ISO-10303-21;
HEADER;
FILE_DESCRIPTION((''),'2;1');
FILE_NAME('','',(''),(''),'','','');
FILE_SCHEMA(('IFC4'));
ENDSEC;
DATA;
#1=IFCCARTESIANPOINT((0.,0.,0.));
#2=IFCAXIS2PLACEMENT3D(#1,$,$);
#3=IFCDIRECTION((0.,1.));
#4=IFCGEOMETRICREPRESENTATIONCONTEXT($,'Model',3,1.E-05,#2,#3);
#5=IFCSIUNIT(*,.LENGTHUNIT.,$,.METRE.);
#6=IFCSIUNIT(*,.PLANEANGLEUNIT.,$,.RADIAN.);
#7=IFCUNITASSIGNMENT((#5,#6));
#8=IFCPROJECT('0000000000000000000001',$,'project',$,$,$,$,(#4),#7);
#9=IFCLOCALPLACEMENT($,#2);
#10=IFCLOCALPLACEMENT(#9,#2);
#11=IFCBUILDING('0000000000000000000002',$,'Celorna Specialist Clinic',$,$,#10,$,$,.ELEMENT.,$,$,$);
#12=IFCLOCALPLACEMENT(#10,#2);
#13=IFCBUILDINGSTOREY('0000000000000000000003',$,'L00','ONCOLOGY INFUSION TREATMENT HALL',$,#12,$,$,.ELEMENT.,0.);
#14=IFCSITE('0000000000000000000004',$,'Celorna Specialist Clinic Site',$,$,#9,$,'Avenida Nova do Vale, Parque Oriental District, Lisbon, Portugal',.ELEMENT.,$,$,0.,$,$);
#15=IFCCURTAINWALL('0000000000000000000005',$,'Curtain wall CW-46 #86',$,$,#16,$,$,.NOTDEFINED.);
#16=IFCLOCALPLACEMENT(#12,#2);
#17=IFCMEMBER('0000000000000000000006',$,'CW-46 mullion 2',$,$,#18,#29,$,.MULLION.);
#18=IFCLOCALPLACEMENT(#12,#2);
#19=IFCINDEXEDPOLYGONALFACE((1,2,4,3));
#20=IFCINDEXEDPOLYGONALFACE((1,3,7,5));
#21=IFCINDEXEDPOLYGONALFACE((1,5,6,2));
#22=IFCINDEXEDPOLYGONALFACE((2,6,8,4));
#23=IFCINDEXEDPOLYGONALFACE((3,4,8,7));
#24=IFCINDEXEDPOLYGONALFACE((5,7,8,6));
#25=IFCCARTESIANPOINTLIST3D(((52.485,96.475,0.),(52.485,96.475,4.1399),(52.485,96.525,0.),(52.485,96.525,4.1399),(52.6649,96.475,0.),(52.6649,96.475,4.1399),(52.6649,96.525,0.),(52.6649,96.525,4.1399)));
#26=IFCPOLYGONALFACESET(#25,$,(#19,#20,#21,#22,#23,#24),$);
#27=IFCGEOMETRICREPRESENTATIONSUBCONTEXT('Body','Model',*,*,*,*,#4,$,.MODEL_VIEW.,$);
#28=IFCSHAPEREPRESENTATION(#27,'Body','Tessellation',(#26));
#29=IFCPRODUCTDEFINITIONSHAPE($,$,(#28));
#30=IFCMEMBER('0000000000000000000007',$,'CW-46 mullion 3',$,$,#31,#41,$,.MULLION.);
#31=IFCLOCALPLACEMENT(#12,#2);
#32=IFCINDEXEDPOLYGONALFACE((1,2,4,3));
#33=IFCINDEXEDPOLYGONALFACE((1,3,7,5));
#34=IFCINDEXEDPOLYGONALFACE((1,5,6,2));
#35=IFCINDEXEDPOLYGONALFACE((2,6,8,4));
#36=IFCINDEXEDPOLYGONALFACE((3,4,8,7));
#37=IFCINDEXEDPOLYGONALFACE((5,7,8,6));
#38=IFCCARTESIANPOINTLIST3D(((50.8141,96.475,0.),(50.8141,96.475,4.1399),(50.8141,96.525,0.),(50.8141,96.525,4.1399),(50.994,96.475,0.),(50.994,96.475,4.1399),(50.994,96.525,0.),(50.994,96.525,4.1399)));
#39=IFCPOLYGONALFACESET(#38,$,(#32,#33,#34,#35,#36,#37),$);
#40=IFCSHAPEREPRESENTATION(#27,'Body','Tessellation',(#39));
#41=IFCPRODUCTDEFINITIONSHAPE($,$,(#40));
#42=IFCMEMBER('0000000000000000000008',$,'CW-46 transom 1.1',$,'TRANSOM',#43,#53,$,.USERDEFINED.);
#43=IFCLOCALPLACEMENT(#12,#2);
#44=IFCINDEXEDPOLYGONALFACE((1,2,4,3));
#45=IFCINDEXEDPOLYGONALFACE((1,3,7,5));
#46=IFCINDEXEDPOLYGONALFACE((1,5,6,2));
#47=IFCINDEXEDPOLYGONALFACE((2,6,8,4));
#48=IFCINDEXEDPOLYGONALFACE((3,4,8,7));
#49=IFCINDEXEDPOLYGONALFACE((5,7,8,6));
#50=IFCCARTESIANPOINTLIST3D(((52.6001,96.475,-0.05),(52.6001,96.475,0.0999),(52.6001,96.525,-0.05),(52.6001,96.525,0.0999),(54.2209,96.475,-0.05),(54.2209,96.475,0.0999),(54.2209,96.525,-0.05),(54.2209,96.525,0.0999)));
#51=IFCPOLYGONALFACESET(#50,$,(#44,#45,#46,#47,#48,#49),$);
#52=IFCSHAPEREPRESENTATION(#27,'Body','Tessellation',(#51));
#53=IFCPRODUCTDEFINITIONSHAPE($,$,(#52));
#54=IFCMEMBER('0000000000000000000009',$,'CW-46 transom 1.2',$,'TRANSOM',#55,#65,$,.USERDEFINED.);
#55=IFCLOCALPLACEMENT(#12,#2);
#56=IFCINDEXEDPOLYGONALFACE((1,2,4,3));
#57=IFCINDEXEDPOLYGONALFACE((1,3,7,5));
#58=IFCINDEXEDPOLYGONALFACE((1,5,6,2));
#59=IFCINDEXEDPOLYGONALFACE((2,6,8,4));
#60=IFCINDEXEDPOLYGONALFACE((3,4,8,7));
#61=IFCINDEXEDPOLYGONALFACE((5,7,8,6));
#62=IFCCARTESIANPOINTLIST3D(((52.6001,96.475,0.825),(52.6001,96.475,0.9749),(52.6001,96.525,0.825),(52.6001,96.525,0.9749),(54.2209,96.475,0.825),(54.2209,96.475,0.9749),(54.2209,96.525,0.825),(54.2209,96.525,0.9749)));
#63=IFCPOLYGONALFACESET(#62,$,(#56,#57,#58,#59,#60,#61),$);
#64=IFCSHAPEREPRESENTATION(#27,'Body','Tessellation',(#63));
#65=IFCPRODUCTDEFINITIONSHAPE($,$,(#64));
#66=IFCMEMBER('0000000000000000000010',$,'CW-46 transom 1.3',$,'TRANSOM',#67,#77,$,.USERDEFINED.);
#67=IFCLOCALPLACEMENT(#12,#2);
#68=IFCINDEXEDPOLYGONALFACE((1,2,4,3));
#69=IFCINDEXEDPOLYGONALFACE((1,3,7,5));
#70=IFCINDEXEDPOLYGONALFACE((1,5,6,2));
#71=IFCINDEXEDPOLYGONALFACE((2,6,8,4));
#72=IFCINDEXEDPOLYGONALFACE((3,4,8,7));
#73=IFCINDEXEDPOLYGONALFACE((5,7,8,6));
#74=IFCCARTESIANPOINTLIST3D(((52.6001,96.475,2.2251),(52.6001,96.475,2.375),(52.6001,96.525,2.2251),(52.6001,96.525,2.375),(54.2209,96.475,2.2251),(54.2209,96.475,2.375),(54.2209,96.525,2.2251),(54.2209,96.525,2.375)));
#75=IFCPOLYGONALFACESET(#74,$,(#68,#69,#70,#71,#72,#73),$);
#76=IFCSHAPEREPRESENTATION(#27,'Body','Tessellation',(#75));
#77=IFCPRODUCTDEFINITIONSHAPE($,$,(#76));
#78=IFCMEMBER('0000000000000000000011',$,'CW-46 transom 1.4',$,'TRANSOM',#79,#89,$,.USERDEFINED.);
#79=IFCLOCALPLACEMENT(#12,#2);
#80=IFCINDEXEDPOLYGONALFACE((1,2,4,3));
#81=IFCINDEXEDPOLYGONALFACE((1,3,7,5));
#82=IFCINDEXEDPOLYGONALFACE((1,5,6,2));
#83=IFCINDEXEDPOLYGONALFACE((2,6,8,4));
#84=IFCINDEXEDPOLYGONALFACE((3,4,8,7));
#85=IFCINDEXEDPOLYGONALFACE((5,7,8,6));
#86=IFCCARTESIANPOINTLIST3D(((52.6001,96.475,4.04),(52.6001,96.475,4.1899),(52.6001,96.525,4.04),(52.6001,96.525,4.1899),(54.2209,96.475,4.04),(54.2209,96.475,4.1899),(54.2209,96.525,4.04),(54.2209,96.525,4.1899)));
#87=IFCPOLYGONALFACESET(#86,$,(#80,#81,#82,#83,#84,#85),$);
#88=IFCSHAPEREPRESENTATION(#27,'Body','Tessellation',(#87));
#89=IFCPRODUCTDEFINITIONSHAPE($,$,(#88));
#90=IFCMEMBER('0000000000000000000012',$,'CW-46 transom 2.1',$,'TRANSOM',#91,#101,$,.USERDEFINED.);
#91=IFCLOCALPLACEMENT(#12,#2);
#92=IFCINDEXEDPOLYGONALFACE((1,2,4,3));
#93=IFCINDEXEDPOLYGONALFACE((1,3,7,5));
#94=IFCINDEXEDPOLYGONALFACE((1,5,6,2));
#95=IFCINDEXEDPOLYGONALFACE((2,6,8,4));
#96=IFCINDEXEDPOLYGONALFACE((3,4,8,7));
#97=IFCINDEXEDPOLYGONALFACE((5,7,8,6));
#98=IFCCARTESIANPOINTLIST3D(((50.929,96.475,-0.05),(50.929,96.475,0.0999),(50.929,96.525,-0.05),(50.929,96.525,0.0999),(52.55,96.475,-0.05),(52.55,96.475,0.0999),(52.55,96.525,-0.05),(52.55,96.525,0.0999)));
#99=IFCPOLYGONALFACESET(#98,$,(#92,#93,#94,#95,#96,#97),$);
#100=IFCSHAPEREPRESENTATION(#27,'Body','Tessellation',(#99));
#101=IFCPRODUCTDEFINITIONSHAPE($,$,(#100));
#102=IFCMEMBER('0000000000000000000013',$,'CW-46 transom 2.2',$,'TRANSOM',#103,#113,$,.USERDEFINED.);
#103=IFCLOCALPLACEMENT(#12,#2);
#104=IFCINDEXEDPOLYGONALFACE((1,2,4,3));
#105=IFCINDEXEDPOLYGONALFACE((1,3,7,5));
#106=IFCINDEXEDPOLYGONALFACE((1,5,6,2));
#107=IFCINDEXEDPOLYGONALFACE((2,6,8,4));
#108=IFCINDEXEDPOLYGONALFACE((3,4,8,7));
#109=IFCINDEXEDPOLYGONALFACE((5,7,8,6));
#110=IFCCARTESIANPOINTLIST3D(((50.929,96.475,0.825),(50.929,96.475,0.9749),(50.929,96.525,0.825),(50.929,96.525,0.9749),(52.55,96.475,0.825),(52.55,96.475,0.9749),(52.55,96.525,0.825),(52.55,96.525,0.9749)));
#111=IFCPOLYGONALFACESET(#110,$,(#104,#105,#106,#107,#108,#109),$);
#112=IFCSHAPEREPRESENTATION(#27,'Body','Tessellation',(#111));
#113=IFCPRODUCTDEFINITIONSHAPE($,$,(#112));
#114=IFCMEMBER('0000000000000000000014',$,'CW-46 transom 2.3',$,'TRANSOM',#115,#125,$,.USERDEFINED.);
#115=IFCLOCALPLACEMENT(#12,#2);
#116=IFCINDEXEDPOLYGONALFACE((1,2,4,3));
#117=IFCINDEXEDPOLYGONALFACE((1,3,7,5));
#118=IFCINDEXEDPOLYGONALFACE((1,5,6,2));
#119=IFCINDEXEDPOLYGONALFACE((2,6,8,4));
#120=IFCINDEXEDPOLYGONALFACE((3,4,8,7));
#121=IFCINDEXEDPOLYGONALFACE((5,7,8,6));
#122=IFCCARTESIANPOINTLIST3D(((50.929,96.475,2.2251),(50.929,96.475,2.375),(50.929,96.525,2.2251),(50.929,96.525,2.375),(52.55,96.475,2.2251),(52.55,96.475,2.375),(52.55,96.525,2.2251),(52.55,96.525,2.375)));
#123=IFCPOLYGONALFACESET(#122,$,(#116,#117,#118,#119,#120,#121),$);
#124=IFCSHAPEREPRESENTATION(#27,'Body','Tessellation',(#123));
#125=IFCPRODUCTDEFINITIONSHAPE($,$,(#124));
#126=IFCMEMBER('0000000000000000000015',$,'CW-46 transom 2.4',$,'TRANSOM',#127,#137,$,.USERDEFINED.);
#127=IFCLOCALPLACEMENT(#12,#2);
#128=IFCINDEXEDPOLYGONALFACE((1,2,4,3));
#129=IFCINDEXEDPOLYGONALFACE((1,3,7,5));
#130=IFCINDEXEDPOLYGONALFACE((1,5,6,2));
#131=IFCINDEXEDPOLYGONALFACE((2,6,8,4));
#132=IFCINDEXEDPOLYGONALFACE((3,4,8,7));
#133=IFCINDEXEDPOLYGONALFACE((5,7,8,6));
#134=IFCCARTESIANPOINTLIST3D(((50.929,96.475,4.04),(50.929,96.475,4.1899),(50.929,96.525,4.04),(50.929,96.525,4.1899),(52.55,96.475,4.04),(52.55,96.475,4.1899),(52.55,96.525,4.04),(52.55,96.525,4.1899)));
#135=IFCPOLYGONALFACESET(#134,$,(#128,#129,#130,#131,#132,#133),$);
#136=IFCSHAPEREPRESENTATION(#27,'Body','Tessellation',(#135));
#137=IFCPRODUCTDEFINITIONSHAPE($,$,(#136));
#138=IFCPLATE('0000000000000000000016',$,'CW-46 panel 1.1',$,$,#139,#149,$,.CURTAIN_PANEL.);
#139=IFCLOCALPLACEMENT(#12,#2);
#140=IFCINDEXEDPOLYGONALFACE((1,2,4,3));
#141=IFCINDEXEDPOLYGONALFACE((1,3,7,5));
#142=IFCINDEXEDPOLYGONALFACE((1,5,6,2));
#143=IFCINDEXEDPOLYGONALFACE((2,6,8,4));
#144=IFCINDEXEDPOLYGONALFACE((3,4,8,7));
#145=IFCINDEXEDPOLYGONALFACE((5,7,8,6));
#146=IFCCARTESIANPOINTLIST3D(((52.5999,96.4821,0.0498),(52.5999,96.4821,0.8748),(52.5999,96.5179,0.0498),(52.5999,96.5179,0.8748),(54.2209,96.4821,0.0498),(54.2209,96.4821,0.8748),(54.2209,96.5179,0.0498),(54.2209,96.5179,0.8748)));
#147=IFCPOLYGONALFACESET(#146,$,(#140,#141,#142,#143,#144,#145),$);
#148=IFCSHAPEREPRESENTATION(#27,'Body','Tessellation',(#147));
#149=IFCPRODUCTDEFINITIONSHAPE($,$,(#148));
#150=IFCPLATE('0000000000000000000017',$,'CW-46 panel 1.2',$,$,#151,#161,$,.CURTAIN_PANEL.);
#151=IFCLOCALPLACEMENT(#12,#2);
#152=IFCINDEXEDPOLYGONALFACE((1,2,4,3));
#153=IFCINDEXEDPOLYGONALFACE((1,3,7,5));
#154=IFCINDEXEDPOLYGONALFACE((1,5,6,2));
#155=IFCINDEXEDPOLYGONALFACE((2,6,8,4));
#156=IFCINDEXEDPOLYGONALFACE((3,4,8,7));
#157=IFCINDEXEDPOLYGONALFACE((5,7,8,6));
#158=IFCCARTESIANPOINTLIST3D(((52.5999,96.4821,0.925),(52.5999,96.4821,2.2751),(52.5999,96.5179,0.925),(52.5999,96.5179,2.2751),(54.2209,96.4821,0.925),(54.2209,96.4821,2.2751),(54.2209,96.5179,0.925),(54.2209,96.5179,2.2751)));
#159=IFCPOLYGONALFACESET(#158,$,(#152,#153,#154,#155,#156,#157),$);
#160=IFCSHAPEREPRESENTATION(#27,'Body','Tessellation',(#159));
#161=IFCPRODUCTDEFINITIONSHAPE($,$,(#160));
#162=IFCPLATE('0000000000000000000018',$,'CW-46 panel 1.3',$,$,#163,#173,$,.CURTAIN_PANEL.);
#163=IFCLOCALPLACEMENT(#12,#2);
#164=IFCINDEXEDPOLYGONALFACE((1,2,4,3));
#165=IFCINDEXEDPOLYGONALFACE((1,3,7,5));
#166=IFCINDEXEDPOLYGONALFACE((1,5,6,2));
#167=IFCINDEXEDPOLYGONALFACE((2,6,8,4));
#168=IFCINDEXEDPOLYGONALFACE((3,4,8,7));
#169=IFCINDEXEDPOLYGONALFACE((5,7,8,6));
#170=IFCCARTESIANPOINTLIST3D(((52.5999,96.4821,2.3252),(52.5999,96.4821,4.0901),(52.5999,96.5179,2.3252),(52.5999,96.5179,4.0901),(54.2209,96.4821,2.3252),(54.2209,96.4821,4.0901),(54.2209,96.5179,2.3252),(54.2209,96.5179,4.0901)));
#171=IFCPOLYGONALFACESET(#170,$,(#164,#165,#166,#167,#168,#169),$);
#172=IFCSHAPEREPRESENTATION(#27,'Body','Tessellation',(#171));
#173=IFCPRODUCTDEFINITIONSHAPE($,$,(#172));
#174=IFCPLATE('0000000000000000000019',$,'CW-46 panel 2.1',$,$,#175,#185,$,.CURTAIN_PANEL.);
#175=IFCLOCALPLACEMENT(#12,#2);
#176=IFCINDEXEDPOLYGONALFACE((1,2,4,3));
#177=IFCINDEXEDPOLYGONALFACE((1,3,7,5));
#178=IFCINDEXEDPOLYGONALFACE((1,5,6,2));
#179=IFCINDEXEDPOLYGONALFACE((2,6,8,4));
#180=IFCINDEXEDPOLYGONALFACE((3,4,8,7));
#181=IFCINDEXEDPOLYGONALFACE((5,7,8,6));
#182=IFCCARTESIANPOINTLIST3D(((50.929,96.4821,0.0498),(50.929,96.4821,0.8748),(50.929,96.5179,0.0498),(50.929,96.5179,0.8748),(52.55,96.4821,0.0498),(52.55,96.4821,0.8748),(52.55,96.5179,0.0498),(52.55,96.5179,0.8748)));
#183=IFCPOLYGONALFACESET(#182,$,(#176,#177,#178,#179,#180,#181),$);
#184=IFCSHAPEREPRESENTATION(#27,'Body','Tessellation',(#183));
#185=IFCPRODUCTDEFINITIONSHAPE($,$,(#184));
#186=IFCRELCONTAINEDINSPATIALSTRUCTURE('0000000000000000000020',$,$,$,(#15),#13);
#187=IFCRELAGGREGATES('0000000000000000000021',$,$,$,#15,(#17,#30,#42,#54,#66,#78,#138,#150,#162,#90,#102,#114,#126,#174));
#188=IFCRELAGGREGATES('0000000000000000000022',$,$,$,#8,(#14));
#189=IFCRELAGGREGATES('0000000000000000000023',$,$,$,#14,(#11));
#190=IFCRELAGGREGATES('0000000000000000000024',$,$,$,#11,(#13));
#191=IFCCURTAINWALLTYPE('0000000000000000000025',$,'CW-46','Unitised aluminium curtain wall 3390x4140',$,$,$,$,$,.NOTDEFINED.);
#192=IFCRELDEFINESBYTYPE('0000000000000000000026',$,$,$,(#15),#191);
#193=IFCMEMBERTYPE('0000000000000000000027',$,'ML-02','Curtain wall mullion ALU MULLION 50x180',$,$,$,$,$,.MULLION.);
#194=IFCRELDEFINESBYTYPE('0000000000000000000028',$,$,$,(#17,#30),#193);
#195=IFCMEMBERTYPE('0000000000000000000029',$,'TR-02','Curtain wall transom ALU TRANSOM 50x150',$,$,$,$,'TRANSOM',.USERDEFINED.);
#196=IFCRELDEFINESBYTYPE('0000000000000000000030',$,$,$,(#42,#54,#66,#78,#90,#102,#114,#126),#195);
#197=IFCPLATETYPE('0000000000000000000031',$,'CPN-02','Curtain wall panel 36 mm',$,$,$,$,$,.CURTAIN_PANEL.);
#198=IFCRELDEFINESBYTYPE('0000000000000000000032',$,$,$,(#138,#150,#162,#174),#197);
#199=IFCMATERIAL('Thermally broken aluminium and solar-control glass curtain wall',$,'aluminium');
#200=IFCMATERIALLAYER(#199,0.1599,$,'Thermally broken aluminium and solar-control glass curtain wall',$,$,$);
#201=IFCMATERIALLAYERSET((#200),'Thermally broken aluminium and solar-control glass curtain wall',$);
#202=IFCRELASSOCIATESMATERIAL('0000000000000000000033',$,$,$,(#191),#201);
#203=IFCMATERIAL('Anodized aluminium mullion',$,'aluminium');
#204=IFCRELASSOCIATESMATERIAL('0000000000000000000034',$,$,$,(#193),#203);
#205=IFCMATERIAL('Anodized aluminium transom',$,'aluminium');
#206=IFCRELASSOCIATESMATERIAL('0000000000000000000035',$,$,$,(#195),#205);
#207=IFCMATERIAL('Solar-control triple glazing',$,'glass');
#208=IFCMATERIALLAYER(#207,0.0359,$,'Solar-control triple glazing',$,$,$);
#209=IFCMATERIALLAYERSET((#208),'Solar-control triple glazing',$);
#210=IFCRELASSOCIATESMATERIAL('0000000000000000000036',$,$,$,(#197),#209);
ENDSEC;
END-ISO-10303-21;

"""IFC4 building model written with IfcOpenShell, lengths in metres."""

from ifc_helpers import new_model, si_unit, direction, frame, origin, origin_2d, place, context, subcontext, project, spatial, rectangle, extrude, material, layer, layer_set, material_profile, profile_set, type_object, element, aggregate, save


model = new_model("IFC4")

# Units and contexts
model_context = context("Model", 3, precision=1e-05, world=origin(), true_north=direction((0.0, 1.0)))
body_context = subcontext(model_context, "Body", "Model", "MODEL_VIEW")
ifc_project = project(units=[si_unit("LENGTHUNIT", "METRE"), si_unit("PLANEANGLEUNIT", "RADIAN")], contexts=[model_context])

# Site, building, storey
site_placement = place(None, origin())
site = spatial("IfcSite", under=ifc_project, at=site_placement, Name="Celorna Specialist Clinic Site", LongName="Avenida Nova do Vale, Parque Oriental District, Lisbon, Portugal", CompositionType="ELEMENT", RefElevation=0.0)
building_placement = place(site_placement, origin())
building = spatial("IfcBuilding", under=site, at=building_placement, Name="Celorna Specialist Clinic", CompositionType="ELEMENT")
storey_placement = place(building_placement, origin())
storey = spatial("IfcBuildingStorey", under=building, at=storey_placement, Name="L00", Description="ONCOLOGY INFUSION TREATMENT HALL", CompositionType="ELEMENT", Elevation=0.0)

# Curtain wall, members, plates
ifc_material_1 = material(Name="Thermally broken aluminium and solar-control glass curtain wall", Category="aluminium")
ifc_layer_1 = layer(ifc_material_1, 0.1599, Name="Thermally broken aluminium and solar-control glass curtain wall")
ifc_layer_set_1 = layer_set([ifc_layer_1], Name="Thermally broken aluminium and solar-control glass curtain wall")
curtain_wall_type = type_object("IfcCurtainWallType", Name="CW-46", Description="Unitised aluminium curtain wall 3390x4140", PredefinedType="NOTDEFINED", material=ifc_layer_set_1)
curtain_wall_placement = place(storey_placement, origin())
curtain_wall = element("IfcCurtainWall", 1, at=curtain_wall_placement, inside=storey, type_object=curtain_wall_type, Name="Curtain wall CW-46 #86", PredefinedType="NOTDEFINED")
ifc_material_2 = material(Name="Anodized aluminium mullion", Category="aluminium")
ifc_material_profile_1 = material_profile(ifc_material_2, rectangle(XDim=0.05, YDim=0.1799, at=origin_2d()), Name="ALU MULLION 50x180")
ifc_profile_set_1 = profile_set([ifc_material_profile_1], Name="Anodized aluminium mullion")
member_type_1 = type_object("IfcMemberType", Name="ML-02", Description="Curtain wall mullion ALU MULLION 50x180", PredefinedType="MULLION", material=ifc_profile_set_1)
member_1_placement = place(storey_placement, frame((52.575, 96.5, 0.0), z_axis=(0.0, 0.0, 1.0), x_axis=(0.0, -1.0, 0.0)))
member_1 = element("IfcMember", 2, at=member_1_placement, type_object=member_type_1, Name="CW-46 mullion 2", PredefinedType="MULLION", context=body_context, shape_type="SweptSolid", body=[
    extrude(rectangle(XDim=0.05, YDim=0.1799, at=origin_2d()), origin(), (0.0, 0.0, 1.0), 4.1399),
])
member_2_placement = place(storey_placement, frame((50.9041, 96.5, 0.0), z_axis=(0.0, 0.0, 1.0), x_axis=(0.0, -1.0, 0.0)))
member_2 = element("IfcMember", 3, at=member_2_placement, type_object=member_type_1, Name="CW-46 mullion 3", PredefinedType="MULLION", context=body_context, shape_type="SweptSolid", body=[
    extrude(rectangle(XDim=0.05, YDim=0.1799, at=origin_2d()), origin(), (0.0, 0.0, 1.0), 4.1399),
])
ifc_material_3 = material(Name="Anodized aluminium transom", Category="aluminium")
ifc_material_profile_2 = material_profile(ifc_material_3, rectangle(XDim=0.05, YDim=0.1499, at=origin_2d()), Name="ALU TRANSOM 50x150")
ifc_profile_set_2 = profile_set([ifc_material_profile_2], Name="Anodized aluminium transom")
member_type_2 = type_object("IfcMemberType", Name="TR-02", Description="Curtain wall transom ALU TRANSOM 50x150", ElementType="TRANSOM", PredefinedType="USERDEFINED", material=ifc_profile_set_2)
member_3_placement = place(storey_placement, frame((54.2209, 96.5, 0.0249), z_axis=(-1.0, 0.0, 0.0), x_axis=(0.0, -1.0, 0.0)))
member_3 = element("IfcMember", 4, at=member_3_placement, type_object=member_type_2, Name="CW-46 transom 1.1", ObjectType="TRANSOM", PredefinedType="USERDEFINED", context=body_context, shape_type="SweptSolid", body=[
    extrude(rectangle(XDim=0.05, YDim=0.1499, at=origin_2d()), origin(), (0.0, 0.0, 1.0), 1.6208),
])
member_4_placement = place(storey_placement, frame((54.2209, 96.5, 0.8999), z_axis=(-1.0, 0.0, 0.0), x_axis=(0.0, -1.0, 0.0)))
member_4 = element("IfcMember", 5, at=member_4_placement, type_object=member_type_2, Name="CW-46 transom 1.2", ObjectType="TRANSOM", PredefinedType="USERDEFINED", context=body_context, shape_type="SweptSolid", body=[
    extrude(rectangle(XDim=0.05, YDim=0.1499, at=origin_2d()), origin(), (0.0, 0.0, 1.0), 1.6208),
])
member_5_placement = place(storey_placement, frame((54.2209, 96.5, 2.3), z_axis=(-1.0, 0.0, 0.0), x_axis=(0.0, -1.0, 0.0)))
member_5 = element("IfcMember", 6, at=member_5_placement, type_object=member_type_2, Name="CW-46 transom 1.3", ObjectType="TRANSOM", PredefinedType="USERDEFINED", context=body_context, shape_type="SweptSolid", body=[
    extrude(rectangle(XDim=0.05, YDim=0.1499, at=origin_2d()), origin(), (0.0, 0.0, 1.0), 1.6208),
])
member_6_placement = place(storey_placement, frame((54.2209, 96.5, 4.115), z_axis=(-1.0, 0.0, 0.0), x_axis=(0.0, -1.0, 0.0)))
member_6 = element("IfcMember", 7, at=member_6_placement, type_object=member_type_2, Name="CW-46 transom 1.4", ObjectType="TRANSOM", PredefinedType="USERDEFINED", context=body_context, shape_type="SweptSolid", body=[
    extrude(rectangle(XDim=0.05, YDim=0.1499, at=origin_2d()), origin(), (0.0, 0.0, 1.0), 1.6208),
])
member_7_placement = place(storey_placement, frame((52.55, 96.5, 0.0249), z_axis=(-1.0, 0.0, 0.0), x_axis=(0.0, -1.0, 0.0)))
member_7 = element("IfcMember", 8, at=member_7_placement, type_object=member_type_2, Name="CW-46 transom 2.1", ObjectType="TRANSOM", PredefinedType="USERDEFINED", context=body_context, shape_type="SweptSolid", body=[
    extrude(rectangle(XDim=0.05, YDim=0.1499, at=origin_2d()), origin(), (0.0, 0.0, 1.0), 1.6211),
])
member_8_placement = place(storey_placement, frame((52.55, 96.5, 0.8999), z_axis=(-1.0, 0.0, 0.0), x_axis=(0.0, -1.0, 0.0)))
member_8 = element("IfcMember", 9, at=member_8_placement, type_object=member_type_2, Name="CW-46 transom 2.2", ObjectType="TRANSOM", PredefinedType="USERDEFINED", context=body_context, shape_type="SweptSolid", body=[
    extrude(rectangle(XDim=0.05, YDim=0.1499, at=origin_2d()), origin(), (0.0, 0.0, 1.0), 1.6211),
])
member_9_placement = place(storey_placement, frame((52.55, 96.5, 2.3), z_axis=(-1.0, 0.0, 0.0), x_axis=(0.0, -1.0, 0.0)))
member_9 = element("IfcMember", 10, at=member_9_placement, type_object=member_type_2, Name="CW-46 transom 2.3", ObjectType="TRANSOM", PredefinedType="USERDEFINED", context=body_context, shape_type="SweptSolid", body=[
    extrude(rectangle(XDim=0.05, YDim=0.1499, at=origin_2d()), origin(), (0.0, 0.0, 1.0), 1.6211),
])
member_10_placement = place(storey_placement, frame((52.55, 96.5, 4.115), z_axis=(-1.0, 0.0, 0.0), x_axis=(0.0, -1.0, 0.0)))
member_10 = element("IfcMember", 11, at=member_10_placement, type_object=member_type_2, Name="CW-46 transom 2.4", ObjectType="TRANSOM", PredefinedType="USERDEFINED", context=body_context, shape_type="SweptSolid", body=[
    extrude(rectangle(XDim=0.05, YDim=0.1499, at=origin_2d()), origin(), (0.0, 0.0, 1.0), 1.6211),
])
ifc_material_4 = material(Name="Solar-control triple glazing", Category="glass")
ifc_layer_2 = layer(ifc_material_4, 0.0359, Name="Solar-control triple glazing")
ifc_layer_set_2 = layer_set([ifc_layer_2], Name="Solar-control triple glazing")
plate_type = type_object("IfcPlateType", Name="CPN-02", Description="Curtain wall panel 36 mm", PredefinedType="CURTAIN_PANEL", material=ifc_layer_set_2)
plate_1_placement = place(storey_placement, frame((53.4104, 96.5, 0.0498), z_axis=(0.0, 0.0, 1.0), x_axis=(-1.0, 0.0, 0.0)))
plate_1 = element("IfcPlate", 12, at=plate_1_placement, type_object=plate_type, Name="CW-46 panel 1.1", PredefinedType="CURTAIN_PANEL", context=body_context, shape_type="SweptSolid", body=[
    extrude(rectangle(XDim=1.6211, YDim=0.0359, at=origin_2d()), origin(), (0.0, 0.0, 1.0), 0.825),
])
plate_2_placement = place(storey_placement, frame((53.4104, 96.5, 0.925), z_axis=(0.0, 0.0, 1.0), x_axis=(-1.0, 0.0, 0.0)))
plate_2 = element("IfcPlate", 13, at=plate_2_placement, type_object=plate_type, Name="CW-46 panel 1.2", PredefinedType="CURTAIN_PANEL", context=body_context, shape_type="SweptSolid", body=[
    extrude(rectangle(XDim=1.6211, YDim=0.0359, at=origin_2d()), origin(), (0.0, 0.0, 1.0), 1.3501),
])
plate_3_placement = place(storey_placement, frame((53.4104, 96.5, 2.3252), z_axis=(0.0, 0.0, 1.0), x_axis=(-1.0, 0.0, 0.0)))
plate_3 = element("IfcPlate", 14, at=plate_3_placement, type_object=plate_type, Name="CW-46 panel 1.3", PredefinedType="CURTAIN_PANEL", context=body_context, shape_type="SweptSolid", body=[
    extrude(rectangle(XDim=1.6211, YDim=0.0359, at=origin_2d()), origin(), (0.0, 0.0, 1.0), 1.7649),
])
plate_4_placement = place(storey_placement, frame((51.7395, 96.5, 0.0498), z_axis=(0.0, 0.0, 1.0), x_axis=(-1.0, 0.0, 0.0)))
plate_4 = element("IfcPlate", 15, at=plate_4_placement, type_object=plate_type, Name="CW-46 panel 2.1", PredefinedType="CURTAIN_PANEL", context=body_context, shape_type="SweptSolid", body=[
    extrude(rectangle(XDim=1.6211, YDim=0.0359, at=origin_2d()), origin(), (0.0, 0.0, 1.0), 0.825),
])
aggregate(curtain_wall, [member_1, member_2, member_3, member_4, member_5, member_6, plate_1, plate_2, plate_3, member_7, member_8, member_9, member_10, plate_4])

save(model, "model.ifc")
